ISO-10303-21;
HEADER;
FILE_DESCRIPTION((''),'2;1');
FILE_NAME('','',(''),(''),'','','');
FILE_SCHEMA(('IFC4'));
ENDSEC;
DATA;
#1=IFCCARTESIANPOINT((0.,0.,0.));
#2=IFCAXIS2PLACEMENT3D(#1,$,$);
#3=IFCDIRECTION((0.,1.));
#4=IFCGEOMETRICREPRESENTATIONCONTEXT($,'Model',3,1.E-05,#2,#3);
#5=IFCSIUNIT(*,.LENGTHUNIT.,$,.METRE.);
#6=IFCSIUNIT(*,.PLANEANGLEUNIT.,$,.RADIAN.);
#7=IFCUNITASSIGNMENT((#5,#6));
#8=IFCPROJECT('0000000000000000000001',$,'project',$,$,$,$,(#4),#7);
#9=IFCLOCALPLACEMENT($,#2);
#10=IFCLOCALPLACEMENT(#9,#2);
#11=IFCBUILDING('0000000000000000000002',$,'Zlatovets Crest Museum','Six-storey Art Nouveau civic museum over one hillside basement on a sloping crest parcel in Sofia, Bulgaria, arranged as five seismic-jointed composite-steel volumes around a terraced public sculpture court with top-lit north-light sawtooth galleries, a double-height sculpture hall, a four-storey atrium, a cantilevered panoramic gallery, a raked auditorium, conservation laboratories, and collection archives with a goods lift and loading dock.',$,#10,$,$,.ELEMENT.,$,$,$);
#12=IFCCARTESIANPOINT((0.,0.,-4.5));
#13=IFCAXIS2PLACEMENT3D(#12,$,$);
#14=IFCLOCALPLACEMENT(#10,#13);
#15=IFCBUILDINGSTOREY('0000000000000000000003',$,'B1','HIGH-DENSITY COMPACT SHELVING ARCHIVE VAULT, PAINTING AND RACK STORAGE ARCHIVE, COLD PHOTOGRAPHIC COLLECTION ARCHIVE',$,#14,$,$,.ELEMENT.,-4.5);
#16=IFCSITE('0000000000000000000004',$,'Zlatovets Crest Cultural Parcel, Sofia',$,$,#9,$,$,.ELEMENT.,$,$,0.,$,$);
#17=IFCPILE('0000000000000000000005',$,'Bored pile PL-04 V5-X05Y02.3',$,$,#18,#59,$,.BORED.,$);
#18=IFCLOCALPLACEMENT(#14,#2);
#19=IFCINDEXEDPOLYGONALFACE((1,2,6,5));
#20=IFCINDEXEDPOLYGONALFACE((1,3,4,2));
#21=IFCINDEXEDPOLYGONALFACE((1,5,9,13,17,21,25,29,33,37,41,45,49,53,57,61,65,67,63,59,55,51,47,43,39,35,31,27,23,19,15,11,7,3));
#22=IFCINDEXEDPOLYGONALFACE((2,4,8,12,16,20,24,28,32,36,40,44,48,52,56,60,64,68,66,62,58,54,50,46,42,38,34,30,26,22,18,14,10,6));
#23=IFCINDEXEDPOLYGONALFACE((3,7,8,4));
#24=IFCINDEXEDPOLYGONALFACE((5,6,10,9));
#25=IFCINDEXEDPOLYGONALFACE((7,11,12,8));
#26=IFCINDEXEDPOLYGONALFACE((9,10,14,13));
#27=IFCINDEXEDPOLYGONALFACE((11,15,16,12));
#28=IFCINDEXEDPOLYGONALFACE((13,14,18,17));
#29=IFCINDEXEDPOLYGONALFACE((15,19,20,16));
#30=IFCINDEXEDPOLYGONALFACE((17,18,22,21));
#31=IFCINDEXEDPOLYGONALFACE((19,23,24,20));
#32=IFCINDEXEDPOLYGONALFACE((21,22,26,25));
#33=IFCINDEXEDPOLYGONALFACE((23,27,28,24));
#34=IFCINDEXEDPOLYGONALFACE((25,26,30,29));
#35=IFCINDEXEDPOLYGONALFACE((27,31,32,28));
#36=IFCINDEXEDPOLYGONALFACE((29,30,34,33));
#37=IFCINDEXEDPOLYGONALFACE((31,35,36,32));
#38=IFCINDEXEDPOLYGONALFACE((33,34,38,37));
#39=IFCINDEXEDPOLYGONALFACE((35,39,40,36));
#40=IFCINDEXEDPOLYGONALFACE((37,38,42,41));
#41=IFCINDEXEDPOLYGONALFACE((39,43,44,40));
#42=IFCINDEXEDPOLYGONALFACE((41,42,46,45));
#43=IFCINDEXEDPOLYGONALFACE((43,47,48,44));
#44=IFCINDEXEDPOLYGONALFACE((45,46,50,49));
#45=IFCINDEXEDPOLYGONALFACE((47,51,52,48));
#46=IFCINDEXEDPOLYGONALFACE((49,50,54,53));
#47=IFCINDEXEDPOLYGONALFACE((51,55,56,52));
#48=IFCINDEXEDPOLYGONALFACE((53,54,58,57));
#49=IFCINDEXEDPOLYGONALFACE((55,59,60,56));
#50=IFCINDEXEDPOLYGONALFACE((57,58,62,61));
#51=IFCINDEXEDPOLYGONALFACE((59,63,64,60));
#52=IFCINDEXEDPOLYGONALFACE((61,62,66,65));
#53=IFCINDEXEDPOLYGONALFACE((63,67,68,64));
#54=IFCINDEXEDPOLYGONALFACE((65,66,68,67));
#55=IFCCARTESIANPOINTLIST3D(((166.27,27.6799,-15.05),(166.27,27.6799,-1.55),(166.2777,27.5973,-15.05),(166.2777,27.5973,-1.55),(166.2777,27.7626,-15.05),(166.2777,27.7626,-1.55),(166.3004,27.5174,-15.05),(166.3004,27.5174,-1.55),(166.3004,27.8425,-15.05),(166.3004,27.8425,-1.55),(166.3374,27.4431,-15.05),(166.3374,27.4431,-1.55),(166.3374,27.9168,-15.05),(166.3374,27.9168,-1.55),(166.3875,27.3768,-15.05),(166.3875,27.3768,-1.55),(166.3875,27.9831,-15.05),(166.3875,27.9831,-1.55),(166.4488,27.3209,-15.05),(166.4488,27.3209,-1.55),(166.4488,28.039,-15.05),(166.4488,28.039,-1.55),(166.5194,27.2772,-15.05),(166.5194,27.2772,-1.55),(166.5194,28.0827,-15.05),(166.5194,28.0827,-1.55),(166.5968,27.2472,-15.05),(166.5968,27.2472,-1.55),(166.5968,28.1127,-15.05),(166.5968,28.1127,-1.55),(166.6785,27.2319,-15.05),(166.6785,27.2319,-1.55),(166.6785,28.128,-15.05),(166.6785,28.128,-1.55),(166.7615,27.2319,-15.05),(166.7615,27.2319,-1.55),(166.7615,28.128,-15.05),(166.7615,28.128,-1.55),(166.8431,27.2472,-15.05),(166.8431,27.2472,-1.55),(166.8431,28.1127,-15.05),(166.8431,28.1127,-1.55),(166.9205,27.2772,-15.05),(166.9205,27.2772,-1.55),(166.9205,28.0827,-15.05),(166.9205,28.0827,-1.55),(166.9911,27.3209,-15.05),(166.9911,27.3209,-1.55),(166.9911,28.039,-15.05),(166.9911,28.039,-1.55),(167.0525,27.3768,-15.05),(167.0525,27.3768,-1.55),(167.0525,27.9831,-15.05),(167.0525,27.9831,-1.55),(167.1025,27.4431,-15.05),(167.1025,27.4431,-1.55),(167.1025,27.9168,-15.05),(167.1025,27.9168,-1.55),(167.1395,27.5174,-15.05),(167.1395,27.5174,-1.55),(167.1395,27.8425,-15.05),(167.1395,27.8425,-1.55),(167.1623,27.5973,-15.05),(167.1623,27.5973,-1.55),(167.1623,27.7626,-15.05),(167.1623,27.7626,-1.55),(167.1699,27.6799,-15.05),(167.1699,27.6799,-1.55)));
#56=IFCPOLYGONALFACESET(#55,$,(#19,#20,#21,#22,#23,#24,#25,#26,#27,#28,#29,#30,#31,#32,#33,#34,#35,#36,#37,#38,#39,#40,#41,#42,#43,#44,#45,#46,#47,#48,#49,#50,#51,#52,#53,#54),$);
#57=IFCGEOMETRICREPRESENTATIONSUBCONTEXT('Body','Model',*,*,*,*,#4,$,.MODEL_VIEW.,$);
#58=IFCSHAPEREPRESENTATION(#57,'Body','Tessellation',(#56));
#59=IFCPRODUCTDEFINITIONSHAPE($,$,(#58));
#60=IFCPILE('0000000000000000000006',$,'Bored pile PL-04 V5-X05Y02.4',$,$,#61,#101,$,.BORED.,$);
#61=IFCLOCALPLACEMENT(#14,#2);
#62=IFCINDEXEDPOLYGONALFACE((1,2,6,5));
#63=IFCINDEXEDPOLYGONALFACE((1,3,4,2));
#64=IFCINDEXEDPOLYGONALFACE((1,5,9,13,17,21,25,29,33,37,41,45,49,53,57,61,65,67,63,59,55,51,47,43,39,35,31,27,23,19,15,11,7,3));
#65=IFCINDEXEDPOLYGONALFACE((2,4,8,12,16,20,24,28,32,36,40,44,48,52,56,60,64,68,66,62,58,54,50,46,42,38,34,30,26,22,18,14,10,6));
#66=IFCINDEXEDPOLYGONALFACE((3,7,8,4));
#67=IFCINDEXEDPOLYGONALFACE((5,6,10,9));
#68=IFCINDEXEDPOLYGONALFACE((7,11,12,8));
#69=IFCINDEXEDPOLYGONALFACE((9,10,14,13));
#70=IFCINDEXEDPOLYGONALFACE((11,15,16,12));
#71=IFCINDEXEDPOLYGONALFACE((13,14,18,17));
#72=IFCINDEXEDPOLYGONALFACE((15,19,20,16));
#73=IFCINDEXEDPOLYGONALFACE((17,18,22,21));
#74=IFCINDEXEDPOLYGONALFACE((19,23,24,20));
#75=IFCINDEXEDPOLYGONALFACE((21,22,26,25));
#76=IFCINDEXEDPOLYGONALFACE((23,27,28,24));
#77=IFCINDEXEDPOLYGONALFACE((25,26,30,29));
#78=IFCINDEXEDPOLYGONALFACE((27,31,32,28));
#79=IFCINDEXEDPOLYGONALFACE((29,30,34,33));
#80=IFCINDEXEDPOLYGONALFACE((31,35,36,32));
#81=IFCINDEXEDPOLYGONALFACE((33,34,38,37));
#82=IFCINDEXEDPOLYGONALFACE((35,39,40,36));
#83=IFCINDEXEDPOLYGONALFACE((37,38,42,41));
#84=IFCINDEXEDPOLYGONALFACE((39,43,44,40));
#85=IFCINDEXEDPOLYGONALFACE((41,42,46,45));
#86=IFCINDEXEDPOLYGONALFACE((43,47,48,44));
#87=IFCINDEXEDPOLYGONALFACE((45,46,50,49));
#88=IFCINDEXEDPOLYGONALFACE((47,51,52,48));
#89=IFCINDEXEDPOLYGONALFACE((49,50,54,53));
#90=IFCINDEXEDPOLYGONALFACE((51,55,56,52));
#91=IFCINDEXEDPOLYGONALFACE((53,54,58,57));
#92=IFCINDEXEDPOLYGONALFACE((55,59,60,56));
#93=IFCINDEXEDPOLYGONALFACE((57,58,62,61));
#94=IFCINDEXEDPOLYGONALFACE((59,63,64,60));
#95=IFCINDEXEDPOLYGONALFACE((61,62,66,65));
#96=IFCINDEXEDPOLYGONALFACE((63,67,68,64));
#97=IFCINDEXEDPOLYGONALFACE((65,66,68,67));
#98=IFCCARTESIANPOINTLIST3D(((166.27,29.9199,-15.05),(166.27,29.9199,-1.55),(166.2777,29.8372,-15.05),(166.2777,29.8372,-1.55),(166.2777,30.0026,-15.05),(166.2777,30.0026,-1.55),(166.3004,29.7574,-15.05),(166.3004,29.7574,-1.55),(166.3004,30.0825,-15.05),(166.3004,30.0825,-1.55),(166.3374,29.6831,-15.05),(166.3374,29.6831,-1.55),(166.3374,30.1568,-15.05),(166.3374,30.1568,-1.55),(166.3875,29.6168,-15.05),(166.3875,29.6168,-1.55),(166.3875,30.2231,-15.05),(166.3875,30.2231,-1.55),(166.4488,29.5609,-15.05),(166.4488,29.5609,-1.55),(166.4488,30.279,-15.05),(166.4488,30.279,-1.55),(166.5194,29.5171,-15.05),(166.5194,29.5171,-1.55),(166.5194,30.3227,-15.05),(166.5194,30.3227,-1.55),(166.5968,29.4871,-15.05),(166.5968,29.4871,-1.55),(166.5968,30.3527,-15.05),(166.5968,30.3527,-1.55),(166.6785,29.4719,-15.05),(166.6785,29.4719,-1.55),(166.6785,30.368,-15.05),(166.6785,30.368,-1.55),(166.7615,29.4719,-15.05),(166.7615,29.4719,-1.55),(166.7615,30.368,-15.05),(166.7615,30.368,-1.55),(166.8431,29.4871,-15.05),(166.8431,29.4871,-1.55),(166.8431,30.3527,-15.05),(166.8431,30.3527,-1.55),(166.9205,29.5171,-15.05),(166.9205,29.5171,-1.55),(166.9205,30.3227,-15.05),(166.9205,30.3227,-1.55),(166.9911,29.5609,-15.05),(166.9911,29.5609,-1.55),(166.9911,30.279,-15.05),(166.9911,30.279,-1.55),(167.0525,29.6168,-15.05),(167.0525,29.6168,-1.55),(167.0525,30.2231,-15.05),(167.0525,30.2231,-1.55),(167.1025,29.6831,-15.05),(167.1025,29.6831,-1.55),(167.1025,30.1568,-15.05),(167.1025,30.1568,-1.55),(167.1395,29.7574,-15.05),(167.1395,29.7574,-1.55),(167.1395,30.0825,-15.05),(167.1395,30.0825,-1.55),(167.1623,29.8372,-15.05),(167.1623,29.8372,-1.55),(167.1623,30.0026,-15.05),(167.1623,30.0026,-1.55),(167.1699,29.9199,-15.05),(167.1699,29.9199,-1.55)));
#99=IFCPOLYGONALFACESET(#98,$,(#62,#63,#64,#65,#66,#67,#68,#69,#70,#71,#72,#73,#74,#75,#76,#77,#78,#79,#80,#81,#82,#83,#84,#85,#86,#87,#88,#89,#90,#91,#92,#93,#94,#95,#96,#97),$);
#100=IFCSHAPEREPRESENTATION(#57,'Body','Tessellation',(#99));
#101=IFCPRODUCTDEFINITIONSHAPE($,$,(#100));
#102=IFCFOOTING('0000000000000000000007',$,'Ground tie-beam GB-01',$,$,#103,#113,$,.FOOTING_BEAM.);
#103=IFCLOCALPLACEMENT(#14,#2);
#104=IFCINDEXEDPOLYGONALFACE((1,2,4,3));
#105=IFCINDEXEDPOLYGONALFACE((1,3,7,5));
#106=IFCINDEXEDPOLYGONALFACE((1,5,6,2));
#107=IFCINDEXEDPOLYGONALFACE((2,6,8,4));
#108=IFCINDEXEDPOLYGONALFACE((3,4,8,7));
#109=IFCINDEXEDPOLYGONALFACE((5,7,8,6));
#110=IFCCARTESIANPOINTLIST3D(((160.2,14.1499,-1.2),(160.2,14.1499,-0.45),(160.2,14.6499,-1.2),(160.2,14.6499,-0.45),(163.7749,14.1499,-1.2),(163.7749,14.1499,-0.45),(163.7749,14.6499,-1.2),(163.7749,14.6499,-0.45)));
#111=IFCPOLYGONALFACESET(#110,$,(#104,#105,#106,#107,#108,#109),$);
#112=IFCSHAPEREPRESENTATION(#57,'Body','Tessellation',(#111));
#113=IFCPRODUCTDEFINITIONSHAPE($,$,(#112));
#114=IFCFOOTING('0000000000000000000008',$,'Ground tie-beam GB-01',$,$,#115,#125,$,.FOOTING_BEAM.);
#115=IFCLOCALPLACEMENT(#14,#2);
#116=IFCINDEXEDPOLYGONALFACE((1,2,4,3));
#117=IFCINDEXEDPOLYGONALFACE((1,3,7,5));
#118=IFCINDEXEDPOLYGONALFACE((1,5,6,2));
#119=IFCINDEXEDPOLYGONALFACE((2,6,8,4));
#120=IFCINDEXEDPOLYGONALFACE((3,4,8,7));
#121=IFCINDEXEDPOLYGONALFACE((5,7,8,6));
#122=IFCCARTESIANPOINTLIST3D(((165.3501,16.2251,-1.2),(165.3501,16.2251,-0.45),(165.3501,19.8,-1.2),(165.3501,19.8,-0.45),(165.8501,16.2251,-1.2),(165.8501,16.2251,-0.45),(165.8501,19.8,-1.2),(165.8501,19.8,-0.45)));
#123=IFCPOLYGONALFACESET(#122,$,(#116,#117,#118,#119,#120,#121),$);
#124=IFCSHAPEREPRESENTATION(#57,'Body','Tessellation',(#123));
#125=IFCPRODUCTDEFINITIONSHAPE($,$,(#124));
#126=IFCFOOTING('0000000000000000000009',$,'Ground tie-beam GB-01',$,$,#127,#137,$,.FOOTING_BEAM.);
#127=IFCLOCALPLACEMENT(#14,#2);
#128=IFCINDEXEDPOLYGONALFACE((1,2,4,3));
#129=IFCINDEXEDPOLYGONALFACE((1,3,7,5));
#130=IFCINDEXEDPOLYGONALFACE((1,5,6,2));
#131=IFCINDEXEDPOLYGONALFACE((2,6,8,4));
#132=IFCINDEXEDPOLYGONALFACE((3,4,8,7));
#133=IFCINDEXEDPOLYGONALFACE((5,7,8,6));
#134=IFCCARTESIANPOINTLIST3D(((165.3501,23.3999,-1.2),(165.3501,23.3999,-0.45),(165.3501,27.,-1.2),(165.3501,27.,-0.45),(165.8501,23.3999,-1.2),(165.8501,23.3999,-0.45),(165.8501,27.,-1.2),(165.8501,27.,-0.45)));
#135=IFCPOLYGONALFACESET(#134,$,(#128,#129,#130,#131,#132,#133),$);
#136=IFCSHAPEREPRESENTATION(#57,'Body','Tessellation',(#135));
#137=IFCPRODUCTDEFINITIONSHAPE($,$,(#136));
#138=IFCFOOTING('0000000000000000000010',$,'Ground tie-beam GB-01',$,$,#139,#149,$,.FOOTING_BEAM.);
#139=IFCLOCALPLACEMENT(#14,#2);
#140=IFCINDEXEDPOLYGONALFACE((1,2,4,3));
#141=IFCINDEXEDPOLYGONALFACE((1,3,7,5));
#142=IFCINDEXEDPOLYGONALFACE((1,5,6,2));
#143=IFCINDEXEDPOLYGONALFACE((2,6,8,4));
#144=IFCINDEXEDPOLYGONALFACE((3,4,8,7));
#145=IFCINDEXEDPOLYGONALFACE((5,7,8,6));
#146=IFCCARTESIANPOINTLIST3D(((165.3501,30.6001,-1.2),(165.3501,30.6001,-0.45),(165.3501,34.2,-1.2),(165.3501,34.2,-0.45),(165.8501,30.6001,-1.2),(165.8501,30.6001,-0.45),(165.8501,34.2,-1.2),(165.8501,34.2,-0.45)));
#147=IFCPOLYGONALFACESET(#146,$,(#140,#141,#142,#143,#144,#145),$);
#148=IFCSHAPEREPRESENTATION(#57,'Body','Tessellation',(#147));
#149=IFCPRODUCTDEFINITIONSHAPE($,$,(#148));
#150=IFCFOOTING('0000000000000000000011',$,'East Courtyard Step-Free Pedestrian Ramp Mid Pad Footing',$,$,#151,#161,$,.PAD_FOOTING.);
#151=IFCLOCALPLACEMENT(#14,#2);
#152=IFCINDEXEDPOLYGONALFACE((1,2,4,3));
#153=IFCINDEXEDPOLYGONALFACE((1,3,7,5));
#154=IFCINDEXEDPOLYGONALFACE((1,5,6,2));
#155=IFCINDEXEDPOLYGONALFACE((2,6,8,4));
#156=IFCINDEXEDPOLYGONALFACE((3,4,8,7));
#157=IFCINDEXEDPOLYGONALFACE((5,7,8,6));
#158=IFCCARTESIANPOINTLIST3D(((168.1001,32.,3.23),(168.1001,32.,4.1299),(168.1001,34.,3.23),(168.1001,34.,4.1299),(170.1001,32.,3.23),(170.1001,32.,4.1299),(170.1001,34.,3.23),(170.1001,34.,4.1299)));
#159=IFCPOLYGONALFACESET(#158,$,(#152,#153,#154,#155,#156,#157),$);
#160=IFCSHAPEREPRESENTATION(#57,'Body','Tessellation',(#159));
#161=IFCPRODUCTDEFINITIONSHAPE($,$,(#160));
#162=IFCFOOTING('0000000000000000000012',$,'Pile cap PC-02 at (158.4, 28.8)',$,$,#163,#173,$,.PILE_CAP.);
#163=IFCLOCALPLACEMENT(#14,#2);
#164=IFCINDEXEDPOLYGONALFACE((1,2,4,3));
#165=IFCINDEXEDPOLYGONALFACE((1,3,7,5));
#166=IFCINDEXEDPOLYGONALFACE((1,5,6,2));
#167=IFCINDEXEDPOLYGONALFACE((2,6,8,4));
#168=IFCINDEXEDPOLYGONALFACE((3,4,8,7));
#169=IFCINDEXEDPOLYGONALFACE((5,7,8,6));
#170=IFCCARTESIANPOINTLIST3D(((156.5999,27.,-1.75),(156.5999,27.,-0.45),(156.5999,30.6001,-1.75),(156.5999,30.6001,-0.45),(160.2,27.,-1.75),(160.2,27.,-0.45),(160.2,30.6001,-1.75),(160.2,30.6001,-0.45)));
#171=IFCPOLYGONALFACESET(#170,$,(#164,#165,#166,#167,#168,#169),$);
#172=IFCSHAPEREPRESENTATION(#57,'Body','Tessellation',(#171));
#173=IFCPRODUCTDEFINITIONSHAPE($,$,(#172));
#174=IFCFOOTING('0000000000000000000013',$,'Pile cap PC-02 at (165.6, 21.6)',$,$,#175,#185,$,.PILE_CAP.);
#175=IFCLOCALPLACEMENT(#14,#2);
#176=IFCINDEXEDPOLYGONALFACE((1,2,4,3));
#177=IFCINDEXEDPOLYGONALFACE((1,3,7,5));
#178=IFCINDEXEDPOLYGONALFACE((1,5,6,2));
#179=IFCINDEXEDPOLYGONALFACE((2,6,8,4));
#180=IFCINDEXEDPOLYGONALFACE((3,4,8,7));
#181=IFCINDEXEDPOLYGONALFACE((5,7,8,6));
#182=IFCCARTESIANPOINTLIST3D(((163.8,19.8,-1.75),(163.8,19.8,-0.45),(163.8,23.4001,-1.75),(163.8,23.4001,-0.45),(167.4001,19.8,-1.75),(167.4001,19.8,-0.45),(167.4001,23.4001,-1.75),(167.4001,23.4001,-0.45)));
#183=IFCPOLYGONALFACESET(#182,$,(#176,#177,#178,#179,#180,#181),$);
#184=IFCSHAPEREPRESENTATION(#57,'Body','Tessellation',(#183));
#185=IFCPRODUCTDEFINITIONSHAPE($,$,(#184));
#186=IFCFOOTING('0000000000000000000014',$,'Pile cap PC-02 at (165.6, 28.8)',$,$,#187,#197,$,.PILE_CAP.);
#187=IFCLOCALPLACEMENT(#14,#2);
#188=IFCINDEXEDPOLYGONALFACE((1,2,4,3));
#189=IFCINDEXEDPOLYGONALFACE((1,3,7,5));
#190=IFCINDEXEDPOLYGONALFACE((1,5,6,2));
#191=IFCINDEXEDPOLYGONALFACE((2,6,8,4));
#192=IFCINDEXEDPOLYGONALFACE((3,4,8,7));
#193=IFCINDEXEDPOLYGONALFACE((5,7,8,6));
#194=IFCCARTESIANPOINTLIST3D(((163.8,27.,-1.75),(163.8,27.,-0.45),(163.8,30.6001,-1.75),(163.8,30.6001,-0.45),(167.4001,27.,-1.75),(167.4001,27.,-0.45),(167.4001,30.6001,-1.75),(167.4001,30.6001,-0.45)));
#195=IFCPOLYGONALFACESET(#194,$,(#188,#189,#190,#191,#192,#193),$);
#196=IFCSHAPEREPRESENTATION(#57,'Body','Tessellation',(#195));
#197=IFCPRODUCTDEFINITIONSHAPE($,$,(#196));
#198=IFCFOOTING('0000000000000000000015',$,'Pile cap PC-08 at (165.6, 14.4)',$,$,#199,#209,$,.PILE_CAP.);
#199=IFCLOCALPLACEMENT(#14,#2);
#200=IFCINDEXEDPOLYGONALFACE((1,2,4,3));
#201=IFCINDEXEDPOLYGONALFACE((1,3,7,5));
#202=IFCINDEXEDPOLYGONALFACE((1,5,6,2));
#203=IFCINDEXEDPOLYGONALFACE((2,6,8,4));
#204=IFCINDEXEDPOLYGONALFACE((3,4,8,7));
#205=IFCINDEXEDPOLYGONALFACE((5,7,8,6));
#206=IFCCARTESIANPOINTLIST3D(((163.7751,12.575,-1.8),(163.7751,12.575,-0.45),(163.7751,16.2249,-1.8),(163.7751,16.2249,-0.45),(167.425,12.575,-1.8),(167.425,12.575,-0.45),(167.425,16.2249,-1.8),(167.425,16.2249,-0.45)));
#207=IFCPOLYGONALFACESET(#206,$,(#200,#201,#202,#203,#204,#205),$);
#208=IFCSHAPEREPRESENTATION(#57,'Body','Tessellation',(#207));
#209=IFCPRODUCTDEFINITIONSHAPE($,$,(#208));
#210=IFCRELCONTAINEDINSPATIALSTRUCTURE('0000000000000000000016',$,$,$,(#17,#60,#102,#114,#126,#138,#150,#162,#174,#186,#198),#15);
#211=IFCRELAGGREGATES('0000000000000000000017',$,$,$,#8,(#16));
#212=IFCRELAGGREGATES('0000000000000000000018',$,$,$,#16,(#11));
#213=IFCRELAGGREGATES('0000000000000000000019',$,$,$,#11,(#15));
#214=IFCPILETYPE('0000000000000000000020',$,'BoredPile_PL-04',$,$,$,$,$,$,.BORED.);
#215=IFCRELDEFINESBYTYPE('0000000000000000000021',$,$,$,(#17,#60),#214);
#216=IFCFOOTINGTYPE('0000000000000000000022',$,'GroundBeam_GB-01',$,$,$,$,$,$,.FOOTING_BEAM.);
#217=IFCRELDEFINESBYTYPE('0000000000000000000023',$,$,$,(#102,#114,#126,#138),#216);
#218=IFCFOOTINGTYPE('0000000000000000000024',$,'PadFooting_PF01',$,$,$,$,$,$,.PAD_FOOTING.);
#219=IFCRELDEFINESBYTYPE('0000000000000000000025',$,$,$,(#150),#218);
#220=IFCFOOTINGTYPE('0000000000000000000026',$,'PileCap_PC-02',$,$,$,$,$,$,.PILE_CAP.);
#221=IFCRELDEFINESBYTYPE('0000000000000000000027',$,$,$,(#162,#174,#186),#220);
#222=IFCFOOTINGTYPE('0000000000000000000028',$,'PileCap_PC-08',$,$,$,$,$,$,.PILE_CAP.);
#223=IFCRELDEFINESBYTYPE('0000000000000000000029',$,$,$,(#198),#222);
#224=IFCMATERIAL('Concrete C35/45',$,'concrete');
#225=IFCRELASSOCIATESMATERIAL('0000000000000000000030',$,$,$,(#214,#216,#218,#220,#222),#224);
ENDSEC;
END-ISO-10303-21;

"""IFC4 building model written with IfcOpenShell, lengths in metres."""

from ifc_helpers import new_model, si_unit, direction, frame, origin, origin_2d, place, context, subcontext, project, spatial, rectangle, circle, extrude, material, material_profile, profile_set, type_object, element, save


model = new_model("IFC4")

# Units and contexts
model_context = context("Model", 3, precision=1e-05, world=origin(), true_north=direction((0.0, 1.0)))
body_context = subcontext(model_context, "Body", "Model", "MODEL_VIEW")
ifc_project = project(units=[si_unit("LENGTHUNIT", "METRE"), si_unit("PLANEANGLEUNIT", "RADIAN")], contexts=[model_context])

# Site, building, storey
site_placement = place(None, origin())
site = spatial("IfcSite", under=ifc_project, at=site_placement, Name="Zlatovets Crest Cultural Parcel, Sofia", CompositionType="ELEMENT", RefElevation=0.0)
building_placement = place(site_placement, origin())
building = spatial("IfcBuilding", under=site, at=building_placement, Name="Zlatovets Crest Museum", Description="Six-storey Art Nouveau civic museum over one hillside basement on a sloping crest parcel in Sofia, Bulgaria, arranged as five seismic-jointed composite-steel volumes around a terraced public sculpture court with top-lit north-light sawtooth galleries, a double-height sculpture hall, a four-storey atrium, a cantilevered panoramic gallery, a raked auditorium, conservation laboratories, and collection archives with a goods lift and loading dock.", CompositionType="ELEMENT")
storey_placement = place(building_placement, frame((0.0, 0.0, -4.5)))
storey = spatial("IfcBuildingStorey", under=building, at=storey_placement, Name="B1", Description="HIGH-DENSITY COMPACT SHELVING ARCHIVE VAULT, PAINTING AND RACK STORAGE ARCHIVE, COLD PHOTOGRAPHIC COLLECTION ARCHIVE", CompositionType="ELEMENT", Elevation=-4.5)

# Piles
ifc_material = material(Name="Concrete C35/45", Category="concrete")
ifc_material_profile_1 = material_profile(ifc_material, circle(Radius=0.45, at=origin_2d()), Name="PILE D900")
ifc_profile_set_1 = profile_set([ifc_material_profile_1], Name="Concrete C35/45")
pile_type = type_object("IfcPileType", Name="BoredPile_PL-04", PredefinedType="BORED", material=ifc_profile_set_1)
for number, where, z_axis, x_axis, name in (
    (1, (166.72, 27.6799, -1.55), (0.0, 0.0, -1.0), (1.0, 0.0, 0.0), "Bored pile PL-04 V5-X05Y02.3"),
    (2, (166.72, 29.9199, -1.55), (0.0, 0.0, -1.0), (1.0, 0.0, 0.0), "Bored pile PL-04 V5-X05Y02.4"),
):
    element("IfcPile", number, at=place(storey_placement, frame(where, z_axis=z_axis, x_axis=x_axis)), inside=storey, type_object=pile_type, Name=name, PredefinedType="BORED", context=body_context, shape_type="SweptSolid", body=[
        extrude(circle(Radius=0.45, at=origin_2d()), origin(), (0.0, 0.0, 1.0), 13.5),
    ])

# Footings
ifc_material_profile_2 = material_profile(ifc_material, rectangle(XDim=0.5, YDim=0.75, at=origin_2d()), Name="RC 500x750")
ifc_profile_set_2 = profile_set([ifc_material_profile_2], Name="Concrete C35/45")
footing_type_1 = type_object("IfcFootingType", Name="GroundBeam_GB-01", PredefinedType="FOOTING_BEAM", material=ifc_profile_set_2)
for number, where, z_axis, x_axis, name in (
    (3, (160.2, 14.3999, -0.825), (1.0, 0.0, 0.0), (0.0, 1.0, 0.0), "Ground tie-beam GB-01"),
    (4, (165.6001, 16.2251, -0.825), (0.0, 1.0, 0.0), (-1.0, 0.0, 0.0), "Ground tie-beam GB-01"),
):
    element("IfcFooting", number, at=place(storey_placement, frame(where, z_axis=z_axis, x_axis=x_axis)), inside=storey, type_object=footing_type_1, Name=name, PredefinedType="FOOTING_BEAM", context=body_context, shape_type="SweptSolid", body=[
        extrude(rectangle(XDim=0.5, YDim=0.75, at=origin_2d()), origin(), (0.0, 0.0, 1.0), 3.575),
    ])
footing_1_placement = place(storey_placement, frame((165.6001, 23.3999, -0.825), z_axis=(0.0, 1.0, 0.0), x_axis=(-1.0, 0.0, 0.0)))
element("IfcFooting", 5, at=footing_1_placement, inside=storey, type_object=footing_type_1, Name="Ground tie-beam GB-01", PredefinedType="FOOTING_BEAM", context=body_context, shape_type="SweptSolid", body=[
    extrude(rectangle(XDim=0.5, YDim=0.75, at=origin_2d()), origin(), (0.0, 0.0, 1.0), 3.6001),
])
footing_2_placement = place(storey_placement, frame((165.6001, 30.6001, -0.825), z_axis=(0.0, 1.0, 0.0), x_axis=(-1.0, 0.0, 0.0)))
element("IfcFooting", 6, at=footing_2_placement, inside=storey, type_object=footing_type_1, Name="Ground tie-beam GB-01", PredefinedType="FOOTING_BEAM", context=body_context, shape_type="SweptSolid", body=[
    extrude(rectangle(XDim=0.5, YDim=0.75, at=origin_2d()), origin(), (0.0, 0.0, 1.0), 3.5999),
])
footing_type_2 = type_object("IfcFootingType", Name="PadFooting_PF01", PredefinedType="PAD_FOOTING", material=ifc_material)
footing_3_placement = place(storey_placement, frame((169.1001, 33.0, 3.23), z_axis=(0.0, 0.0, 1.0), x_axis=(1.0, 0.0, 0.0)))
element("IfcFooting", 7, at=footing_3_placement, inside=storey, type_object=footing_type_2, Name="East Courtyard Step-Free Pedestrian Ramp Mid Pad Footing", PredefinedType="PAD_FOOTING", context=body_context, shape_type="SweptSolid", body=[
    extrude(rectangle(XDim=2.0, YDim=2.0, at=origin_2d()), origin(), (0.0, 0.0, 1.0), 0.8999),
])
footing_type_3 = type_object("IfcFootingType", Name="PileCap_PC-02", PredefinedType="PILE_CAP", material=ifc_material)
for number, where, z_axis, x_axis, name in (
    (8, (158.3999, 28.8, -1.75), (0.0, 0.0, 1.0), (1.0, 0.0, 0.0), "Pile cap PC-02 at (158.4, 28.8)"),
    (9, (165.6001, 21.6001, -1.75), (0.0, 0.0, 1.0), (1.0, 0.0, 0.0), "Pile cap PC-02 at (165.6, 21.6)"),
    (10, (165.6001, 28.8, -1.75), (0.0, 0.0, 1.0), (1.0, 0.0, 0.0), "Pile cap PC-02 at (165.6, 28.8)"),
):
    element("IfcFooting", number, at=place(storey_placement, frame(where, z_axis=z_axis, x_axis=x_axis)), inside=storey, type_object=footing_type_3, Name=name, PredefinedType="PILE_CAP", context=body_context, shape_type="SweptSolid", body=[
        extrude(rectangle(XDim=3.6001, YDim=3.6001, at=origin_2d()), origin(), (0.0, 0.0, 1.0), 1.3),
    ])
footing_type_4 = type_object("IfcFootingType", Name="PileCap_PC-08", PredefinedType="PILE_CAP", material=ifc_material)
footing_4_placement = place(storey_placement, frame((165.6001, 14.3999, -1.8), z_axis=(0.0, 0.0, 1.0), x_axis=(1.0, 0.0, 0.0)))
element("IfcFooting", 11, at=footing_4_placement, inside=storey, type_object=footing_type_4, Name="Pile cap PC-08 at (165.6, 14.4)", PredefinedType="PILE_CAP", context=body_context, shape_type="SweptSolid", body=[
    extrude(rectangle(XDim=3.6499, YDim=3.6499, at=origin_2d()), origin(), (0.0, 0.0, 1.0), 1.3501),
])

save(model, "model.ifc")
